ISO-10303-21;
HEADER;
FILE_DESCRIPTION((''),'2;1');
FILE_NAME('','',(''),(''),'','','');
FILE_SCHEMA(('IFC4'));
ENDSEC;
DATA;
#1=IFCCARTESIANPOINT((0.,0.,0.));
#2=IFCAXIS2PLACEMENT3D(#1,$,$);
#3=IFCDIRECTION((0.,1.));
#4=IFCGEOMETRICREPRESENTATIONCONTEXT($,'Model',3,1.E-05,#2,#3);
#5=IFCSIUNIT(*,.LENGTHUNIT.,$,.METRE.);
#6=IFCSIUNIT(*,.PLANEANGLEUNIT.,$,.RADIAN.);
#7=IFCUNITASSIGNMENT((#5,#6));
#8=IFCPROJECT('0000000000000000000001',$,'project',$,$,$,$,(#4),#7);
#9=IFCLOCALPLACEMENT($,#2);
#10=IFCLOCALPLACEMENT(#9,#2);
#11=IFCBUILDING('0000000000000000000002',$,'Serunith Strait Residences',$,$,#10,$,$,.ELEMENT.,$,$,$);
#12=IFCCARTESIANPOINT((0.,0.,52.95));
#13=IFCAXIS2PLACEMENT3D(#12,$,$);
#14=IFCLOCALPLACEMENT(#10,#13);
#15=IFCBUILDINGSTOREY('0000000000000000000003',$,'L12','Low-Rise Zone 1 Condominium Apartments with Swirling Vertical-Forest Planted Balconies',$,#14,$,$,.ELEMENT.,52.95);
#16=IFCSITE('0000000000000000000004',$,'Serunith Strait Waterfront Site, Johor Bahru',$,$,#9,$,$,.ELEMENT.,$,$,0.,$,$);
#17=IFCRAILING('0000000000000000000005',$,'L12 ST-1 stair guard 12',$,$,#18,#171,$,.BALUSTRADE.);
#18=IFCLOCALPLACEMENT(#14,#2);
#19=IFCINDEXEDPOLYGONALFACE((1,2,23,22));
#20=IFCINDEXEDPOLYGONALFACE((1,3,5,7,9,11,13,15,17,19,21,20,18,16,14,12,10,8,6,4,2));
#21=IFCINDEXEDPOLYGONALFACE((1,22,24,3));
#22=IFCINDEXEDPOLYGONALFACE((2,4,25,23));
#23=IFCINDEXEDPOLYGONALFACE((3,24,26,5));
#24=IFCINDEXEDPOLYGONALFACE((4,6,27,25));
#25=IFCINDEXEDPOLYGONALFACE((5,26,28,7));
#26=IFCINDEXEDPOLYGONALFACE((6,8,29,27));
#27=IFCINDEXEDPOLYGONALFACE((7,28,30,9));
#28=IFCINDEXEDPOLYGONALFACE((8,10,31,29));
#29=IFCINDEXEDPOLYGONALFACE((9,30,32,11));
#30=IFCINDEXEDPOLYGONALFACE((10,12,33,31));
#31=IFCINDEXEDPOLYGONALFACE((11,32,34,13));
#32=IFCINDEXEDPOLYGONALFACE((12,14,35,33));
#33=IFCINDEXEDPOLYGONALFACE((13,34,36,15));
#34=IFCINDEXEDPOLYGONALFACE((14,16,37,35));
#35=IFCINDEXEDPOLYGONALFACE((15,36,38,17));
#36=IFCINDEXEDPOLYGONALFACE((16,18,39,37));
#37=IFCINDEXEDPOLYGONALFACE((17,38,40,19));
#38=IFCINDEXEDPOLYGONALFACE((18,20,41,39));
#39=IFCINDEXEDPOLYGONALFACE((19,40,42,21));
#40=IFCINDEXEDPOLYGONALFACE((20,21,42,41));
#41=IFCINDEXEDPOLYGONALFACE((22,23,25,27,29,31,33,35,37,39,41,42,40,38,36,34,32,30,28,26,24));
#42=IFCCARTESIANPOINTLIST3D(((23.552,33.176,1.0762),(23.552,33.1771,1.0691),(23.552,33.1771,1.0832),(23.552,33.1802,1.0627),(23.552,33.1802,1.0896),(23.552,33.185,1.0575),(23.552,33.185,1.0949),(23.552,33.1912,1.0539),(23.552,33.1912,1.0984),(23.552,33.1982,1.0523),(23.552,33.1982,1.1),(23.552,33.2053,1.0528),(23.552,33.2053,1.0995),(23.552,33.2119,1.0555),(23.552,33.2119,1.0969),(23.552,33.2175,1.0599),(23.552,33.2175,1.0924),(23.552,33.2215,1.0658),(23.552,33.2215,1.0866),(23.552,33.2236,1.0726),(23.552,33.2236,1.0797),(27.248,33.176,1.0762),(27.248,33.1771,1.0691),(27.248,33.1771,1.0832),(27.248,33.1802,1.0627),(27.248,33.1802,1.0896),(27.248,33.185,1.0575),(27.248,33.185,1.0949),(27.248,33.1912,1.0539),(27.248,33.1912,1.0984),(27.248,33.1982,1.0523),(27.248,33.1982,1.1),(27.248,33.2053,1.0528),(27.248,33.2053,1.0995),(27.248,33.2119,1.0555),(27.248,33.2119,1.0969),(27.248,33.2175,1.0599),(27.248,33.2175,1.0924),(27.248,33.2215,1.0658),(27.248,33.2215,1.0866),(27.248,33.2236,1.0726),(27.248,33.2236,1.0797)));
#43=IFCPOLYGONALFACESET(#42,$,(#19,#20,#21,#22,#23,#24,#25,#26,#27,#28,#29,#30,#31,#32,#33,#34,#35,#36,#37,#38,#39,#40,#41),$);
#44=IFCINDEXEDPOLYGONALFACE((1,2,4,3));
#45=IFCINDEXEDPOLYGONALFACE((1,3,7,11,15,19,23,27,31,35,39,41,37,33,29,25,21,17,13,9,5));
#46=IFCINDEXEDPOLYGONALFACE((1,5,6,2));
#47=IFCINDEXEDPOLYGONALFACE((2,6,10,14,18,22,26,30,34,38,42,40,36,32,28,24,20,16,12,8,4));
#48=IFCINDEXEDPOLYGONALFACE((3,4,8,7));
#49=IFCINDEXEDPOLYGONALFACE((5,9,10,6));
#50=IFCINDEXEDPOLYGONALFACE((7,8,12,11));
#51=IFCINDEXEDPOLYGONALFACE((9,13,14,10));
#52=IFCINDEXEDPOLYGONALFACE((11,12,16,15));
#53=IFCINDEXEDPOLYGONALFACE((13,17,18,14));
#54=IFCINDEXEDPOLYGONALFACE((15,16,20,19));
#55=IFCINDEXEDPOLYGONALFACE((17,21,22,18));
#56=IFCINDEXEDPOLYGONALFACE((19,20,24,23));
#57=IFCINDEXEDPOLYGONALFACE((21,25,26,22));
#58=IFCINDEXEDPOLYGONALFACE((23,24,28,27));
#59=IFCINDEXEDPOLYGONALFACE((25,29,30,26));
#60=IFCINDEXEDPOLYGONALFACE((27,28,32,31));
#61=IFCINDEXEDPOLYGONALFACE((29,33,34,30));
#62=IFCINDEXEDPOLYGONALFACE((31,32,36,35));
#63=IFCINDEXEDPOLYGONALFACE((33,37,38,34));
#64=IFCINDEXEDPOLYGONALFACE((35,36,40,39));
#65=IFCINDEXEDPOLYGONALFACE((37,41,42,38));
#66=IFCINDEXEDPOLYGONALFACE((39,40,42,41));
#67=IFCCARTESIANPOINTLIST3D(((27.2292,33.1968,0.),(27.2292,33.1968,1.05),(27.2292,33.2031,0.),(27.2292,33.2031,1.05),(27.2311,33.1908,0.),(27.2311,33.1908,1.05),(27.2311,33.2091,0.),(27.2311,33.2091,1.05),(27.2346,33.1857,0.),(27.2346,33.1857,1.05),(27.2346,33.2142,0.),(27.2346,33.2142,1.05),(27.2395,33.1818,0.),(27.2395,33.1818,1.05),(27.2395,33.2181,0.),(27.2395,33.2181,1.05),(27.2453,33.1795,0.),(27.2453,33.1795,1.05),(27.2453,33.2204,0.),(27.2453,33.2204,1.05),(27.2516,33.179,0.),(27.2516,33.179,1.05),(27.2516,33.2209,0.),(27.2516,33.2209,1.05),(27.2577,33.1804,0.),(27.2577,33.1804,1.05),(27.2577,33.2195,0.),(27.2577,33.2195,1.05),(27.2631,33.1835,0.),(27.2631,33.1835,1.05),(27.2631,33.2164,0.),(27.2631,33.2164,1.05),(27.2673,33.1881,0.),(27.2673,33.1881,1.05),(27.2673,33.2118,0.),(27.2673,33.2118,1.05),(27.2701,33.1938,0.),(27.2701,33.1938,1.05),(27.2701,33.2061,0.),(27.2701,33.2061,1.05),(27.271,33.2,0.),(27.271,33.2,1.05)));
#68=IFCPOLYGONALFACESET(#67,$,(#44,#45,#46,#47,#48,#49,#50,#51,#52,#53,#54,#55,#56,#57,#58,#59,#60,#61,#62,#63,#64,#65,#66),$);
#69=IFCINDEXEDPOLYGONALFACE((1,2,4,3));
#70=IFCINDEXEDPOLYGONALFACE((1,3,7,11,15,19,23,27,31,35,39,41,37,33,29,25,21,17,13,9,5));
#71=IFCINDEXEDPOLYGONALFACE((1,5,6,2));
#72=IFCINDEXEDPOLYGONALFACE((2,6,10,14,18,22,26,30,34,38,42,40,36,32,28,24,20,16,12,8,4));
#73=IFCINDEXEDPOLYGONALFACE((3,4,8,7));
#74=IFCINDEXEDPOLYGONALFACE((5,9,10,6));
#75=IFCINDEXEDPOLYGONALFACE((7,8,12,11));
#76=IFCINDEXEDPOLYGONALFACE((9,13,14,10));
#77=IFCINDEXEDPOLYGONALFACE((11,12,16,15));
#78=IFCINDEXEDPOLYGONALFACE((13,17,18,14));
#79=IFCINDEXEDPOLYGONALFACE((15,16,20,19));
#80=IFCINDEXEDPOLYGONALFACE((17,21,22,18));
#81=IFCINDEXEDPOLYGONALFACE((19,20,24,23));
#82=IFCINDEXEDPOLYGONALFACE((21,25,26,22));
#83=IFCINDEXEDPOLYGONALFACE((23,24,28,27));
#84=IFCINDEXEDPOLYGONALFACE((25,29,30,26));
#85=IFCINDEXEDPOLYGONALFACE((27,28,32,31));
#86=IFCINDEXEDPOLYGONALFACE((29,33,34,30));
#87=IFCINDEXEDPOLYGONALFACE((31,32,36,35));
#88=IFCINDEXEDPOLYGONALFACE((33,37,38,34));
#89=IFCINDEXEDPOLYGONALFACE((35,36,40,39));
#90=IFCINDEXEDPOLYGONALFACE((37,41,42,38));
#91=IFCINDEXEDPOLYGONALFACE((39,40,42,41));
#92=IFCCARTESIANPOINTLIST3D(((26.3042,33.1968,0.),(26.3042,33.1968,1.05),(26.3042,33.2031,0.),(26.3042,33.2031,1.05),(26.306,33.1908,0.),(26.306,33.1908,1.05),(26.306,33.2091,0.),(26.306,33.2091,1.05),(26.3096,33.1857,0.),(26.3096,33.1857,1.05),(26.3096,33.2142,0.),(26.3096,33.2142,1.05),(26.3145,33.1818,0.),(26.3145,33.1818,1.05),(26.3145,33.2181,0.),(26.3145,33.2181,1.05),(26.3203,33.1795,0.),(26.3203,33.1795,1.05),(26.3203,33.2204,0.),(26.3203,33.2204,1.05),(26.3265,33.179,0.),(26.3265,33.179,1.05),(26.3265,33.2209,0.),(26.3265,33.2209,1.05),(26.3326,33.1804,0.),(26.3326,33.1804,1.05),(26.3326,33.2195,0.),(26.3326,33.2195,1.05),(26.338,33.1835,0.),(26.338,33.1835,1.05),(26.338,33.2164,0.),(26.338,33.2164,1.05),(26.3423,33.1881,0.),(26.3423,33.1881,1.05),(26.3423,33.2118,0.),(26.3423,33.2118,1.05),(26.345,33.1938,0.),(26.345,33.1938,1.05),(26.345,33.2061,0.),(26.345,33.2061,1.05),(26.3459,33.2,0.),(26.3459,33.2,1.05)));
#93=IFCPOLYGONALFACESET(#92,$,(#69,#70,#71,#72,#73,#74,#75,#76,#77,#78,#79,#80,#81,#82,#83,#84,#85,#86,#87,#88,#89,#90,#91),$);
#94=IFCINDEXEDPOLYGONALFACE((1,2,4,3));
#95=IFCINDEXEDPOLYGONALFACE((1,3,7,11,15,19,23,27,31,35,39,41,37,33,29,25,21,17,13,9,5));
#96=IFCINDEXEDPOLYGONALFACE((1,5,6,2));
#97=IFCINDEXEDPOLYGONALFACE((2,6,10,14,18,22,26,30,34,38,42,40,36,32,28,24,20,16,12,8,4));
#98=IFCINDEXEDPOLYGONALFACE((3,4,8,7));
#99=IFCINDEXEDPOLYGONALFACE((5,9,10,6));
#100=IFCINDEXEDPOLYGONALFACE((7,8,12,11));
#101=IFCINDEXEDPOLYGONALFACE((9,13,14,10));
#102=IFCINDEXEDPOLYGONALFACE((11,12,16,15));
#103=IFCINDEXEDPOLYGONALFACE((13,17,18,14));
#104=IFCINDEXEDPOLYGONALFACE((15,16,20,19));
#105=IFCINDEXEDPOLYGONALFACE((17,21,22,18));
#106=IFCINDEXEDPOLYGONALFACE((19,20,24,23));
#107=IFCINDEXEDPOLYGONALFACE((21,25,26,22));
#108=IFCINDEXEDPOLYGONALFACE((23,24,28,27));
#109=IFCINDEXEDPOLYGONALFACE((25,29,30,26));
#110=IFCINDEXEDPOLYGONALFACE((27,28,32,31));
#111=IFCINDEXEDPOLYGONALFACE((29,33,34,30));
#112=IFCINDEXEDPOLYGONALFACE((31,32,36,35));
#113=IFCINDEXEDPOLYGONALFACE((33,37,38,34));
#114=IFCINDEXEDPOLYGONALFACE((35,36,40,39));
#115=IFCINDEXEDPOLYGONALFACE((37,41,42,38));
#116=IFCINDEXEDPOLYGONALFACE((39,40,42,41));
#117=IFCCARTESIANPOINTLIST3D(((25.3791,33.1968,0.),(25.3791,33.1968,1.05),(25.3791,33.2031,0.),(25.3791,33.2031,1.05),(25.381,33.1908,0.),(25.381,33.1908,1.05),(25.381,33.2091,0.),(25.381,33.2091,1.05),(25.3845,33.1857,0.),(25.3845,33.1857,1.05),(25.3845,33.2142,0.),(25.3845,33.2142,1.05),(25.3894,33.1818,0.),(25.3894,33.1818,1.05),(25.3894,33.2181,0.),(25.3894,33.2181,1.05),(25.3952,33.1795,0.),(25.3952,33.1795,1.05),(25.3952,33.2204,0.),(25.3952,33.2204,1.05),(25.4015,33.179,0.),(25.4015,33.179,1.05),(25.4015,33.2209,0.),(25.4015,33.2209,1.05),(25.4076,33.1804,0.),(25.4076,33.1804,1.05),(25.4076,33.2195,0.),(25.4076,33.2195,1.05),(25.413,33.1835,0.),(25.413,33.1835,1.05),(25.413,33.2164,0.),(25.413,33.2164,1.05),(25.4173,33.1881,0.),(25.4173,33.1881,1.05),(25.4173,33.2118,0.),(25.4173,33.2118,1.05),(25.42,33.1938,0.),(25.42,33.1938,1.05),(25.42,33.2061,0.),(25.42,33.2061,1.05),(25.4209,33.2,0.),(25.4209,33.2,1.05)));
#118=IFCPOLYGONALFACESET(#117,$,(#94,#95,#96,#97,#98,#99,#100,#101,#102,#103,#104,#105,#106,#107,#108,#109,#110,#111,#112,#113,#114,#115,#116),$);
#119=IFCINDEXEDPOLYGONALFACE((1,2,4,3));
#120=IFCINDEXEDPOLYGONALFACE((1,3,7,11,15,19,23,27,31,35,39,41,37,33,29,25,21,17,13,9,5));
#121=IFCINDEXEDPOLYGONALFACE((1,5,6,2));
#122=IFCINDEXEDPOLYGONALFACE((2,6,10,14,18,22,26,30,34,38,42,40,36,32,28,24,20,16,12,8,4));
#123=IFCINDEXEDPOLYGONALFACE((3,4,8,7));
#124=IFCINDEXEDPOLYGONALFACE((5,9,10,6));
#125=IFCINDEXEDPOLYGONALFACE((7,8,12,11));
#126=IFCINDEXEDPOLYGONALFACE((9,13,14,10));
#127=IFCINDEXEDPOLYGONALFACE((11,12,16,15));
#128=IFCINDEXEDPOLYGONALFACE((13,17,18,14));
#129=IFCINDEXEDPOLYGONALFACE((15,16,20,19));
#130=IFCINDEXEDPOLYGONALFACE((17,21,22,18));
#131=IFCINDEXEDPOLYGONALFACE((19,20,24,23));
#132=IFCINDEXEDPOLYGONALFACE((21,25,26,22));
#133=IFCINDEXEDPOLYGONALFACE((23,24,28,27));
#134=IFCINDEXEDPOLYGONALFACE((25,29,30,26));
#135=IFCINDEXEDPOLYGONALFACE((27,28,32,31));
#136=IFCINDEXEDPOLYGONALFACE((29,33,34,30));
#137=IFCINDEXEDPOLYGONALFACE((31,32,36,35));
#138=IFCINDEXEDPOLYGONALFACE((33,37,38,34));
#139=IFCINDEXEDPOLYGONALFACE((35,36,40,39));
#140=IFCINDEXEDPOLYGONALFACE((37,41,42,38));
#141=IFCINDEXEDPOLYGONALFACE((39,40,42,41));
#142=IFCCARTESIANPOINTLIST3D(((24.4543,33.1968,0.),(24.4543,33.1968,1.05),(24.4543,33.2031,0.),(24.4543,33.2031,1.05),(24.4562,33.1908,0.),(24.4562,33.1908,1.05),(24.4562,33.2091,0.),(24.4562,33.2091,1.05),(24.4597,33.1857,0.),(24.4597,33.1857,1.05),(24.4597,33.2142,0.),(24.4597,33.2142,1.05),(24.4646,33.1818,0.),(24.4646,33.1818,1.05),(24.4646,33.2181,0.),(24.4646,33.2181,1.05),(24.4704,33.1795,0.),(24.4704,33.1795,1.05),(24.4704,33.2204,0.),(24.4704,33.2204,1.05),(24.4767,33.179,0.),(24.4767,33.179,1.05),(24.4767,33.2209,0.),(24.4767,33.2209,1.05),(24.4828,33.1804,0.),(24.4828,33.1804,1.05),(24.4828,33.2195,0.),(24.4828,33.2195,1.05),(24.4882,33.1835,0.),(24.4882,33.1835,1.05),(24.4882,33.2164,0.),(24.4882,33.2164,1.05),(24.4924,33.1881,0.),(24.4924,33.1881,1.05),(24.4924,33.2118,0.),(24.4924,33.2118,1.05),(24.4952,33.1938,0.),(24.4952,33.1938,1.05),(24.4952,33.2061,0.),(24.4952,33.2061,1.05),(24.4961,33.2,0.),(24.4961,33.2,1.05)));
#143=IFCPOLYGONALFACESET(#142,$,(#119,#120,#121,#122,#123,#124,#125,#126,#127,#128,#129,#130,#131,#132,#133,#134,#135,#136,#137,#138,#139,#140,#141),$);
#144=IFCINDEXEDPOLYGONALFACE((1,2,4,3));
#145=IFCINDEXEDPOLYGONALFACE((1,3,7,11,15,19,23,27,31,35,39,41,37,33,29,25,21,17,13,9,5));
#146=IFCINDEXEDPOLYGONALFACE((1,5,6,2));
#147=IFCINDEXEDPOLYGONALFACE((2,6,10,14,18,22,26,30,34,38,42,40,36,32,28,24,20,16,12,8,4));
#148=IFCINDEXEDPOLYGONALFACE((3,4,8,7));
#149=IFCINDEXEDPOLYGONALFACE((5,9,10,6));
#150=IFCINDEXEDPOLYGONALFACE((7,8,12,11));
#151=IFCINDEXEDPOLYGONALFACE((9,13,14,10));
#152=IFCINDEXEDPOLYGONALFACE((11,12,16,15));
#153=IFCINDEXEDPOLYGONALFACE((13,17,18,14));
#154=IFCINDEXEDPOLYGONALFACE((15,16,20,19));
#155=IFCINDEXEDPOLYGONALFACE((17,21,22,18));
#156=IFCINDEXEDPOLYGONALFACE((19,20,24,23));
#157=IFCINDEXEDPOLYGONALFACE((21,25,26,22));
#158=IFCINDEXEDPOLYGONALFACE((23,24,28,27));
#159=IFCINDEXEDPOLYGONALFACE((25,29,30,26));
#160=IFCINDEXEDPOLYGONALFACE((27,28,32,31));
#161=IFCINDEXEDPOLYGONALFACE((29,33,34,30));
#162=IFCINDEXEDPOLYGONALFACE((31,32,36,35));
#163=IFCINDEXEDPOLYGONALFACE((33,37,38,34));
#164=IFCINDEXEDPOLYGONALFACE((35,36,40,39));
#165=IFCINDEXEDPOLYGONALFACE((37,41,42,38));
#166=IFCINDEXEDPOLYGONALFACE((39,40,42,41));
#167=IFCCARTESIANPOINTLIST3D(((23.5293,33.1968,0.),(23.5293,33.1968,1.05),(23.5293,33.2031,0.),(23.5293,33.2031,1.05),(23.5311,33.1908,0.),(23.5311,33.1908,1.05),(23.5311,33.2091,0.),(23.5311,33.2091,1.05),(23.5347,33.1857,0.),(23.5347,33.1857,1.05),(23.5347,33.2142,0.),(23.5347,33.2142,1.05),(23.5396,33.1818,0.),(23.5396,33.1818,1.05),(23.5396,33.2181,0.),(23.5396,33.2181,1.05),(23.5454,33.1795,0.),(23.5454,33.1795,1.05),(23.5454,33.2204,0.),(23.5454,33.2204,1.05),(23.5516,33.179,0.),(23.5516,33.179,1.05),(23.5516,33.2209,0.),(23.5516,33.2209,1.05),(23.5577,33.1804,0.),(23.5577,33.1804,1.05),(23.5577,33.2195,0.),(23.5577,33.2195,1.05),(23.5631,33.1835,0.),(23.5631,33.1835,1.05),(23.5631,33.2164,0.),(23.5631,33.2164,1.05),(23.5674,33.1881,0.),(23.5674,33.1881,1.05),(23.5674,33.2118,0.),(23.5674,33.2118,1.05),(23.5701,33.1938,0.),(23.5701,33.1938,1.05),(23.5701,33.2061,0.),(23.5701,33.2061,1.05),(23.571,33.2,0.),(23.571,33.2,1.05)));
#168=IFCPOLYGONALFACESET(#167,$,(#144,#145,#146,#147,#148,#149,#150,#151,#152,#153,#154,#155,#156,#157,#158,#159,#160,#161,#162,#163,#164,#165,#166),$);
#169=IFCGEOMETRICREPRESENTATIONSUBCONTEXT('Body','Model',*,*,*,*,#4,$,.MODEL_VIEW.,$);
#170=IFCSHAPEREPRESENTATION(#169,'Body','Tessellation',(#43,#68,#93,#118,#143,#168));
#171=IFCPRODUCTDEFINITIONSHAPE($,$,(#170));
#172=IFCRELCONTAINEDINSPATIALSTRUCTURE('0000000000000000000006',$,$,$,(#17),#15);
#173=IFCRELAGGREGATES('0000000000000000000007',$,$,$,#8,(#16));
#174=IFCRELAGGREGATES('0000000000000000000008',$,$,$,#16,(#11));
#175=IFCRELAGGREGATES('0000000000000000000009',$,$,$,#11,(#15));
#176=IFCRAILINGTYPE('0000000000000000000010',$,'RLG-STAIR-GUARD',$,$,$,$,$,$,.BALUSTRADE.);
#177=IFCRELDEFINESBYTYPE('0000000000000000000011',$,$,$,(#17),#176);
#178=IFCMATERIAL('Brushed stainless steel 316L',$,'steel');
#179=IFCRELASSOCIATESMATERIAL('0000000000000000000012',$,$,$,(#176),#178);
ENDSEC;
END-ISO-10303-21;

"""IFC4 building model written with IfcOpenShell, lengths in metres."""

from ifc_helpers import new_model, si_unit, direction, frame, origin, origin_2d, place, context, subcontext, project, spatial, circle, extrude, material, type_object, element, save


model = new_model("IFC4")

# Units and contexts
model_context = context("Model", 3, precision=1e-05, world=origin(), true_north=direction((0.0, 1.0)))
body_context = subcontext(model_context, "Body", "Model", "MODEL_VIEW")
ifc_project = project(units=[si_unit("LENGTHUNIT", "METRE"), si_unit("PLANEANGLEUNIT", "RADIAN")], contexts=[model_context])

# Site, building, storey
site_placement = place(None, origin())
site = spatial("IfcSite", under=ifc_project, at=site_placement, Name="Serunith Strait Waterfront Site, Johor Bahru", CompositionType="ELEMENT", RefElevation=0.0)
building_placement = place(site_placement, origin())
building = spatial("IfcBuilding", under=site, at=building_placement, Name="Serunith Strait Residences", CompositionType="ELEMENT")
storey_placement = place(building_placement, frame((0.0, 0.0, 52.95)))
storey = spatial("IfcBuildingStorey", under=building, at=storey_placement, Name="L12", Description="Low-Rise Zone 1 Condominium Apartments with Swirling Vertical-Forest Planted Balconies", CompositionType="ELEMENT", Elevation=52.95)

# Railing
ifc_material_1 = material(Name="Brushed stainless steel 316L", Category="steel")
railing_type_1 = type_object("IfcRailingType", Name="RLG-STAIR-GUARD", PredefinedType="BALUSTRADE", material=ifc_material_1)
railing_1_placement = place(storey_placement, frame((27.25, 33.2, 0.0)))
element("IfcRailing", 1, at=railing_1_placement, inside=storey, type_object=railing_type_1, Name="L12 ST-1 stair guard 12", PredefinedType="BALUSTRADE", context=body_context, shape_type="SweptSolid", body=[
    extrude(circle(Radius=0.0239, at=origin_2d()), frame((-0.002, 0.0, 1.0762), z_axis=(-1.0, 0.0, 0.0), x_axis=(0.0, -1.0, 0.0)), (0.0, 0.0, 1.0), 3.696),
    extrude(circle(Radius=0.021, at=origin_2d()), origin(), (0.0, 0.0, 1.0), 1.05),
    extrude(circle(Radius=0.021, at=origin_2d()), frame((-0.925, 0.0, 0.0)), (0.0, 0.0, 1.0), 1.05),
    extrude(circle(Radius=0.021, at=origin_2d()), frame((-1.8501, 0.0, 0.0)), (0.0, 0.0, 1.0), 1.05),
    extrude(circle(Radius=0.021, at=origin_2d()), frame((-2.7749, 0.0, 0.0)), (0.0, 0.0, 1.0), 1.05),
    extrude(circle(Radius=0.021, at=origin_2d()), frame((-3.7, 0.0, 0.0)), (0.0, 0.0, 1.0), 1.05),
])

save(model, "model.ifc")
